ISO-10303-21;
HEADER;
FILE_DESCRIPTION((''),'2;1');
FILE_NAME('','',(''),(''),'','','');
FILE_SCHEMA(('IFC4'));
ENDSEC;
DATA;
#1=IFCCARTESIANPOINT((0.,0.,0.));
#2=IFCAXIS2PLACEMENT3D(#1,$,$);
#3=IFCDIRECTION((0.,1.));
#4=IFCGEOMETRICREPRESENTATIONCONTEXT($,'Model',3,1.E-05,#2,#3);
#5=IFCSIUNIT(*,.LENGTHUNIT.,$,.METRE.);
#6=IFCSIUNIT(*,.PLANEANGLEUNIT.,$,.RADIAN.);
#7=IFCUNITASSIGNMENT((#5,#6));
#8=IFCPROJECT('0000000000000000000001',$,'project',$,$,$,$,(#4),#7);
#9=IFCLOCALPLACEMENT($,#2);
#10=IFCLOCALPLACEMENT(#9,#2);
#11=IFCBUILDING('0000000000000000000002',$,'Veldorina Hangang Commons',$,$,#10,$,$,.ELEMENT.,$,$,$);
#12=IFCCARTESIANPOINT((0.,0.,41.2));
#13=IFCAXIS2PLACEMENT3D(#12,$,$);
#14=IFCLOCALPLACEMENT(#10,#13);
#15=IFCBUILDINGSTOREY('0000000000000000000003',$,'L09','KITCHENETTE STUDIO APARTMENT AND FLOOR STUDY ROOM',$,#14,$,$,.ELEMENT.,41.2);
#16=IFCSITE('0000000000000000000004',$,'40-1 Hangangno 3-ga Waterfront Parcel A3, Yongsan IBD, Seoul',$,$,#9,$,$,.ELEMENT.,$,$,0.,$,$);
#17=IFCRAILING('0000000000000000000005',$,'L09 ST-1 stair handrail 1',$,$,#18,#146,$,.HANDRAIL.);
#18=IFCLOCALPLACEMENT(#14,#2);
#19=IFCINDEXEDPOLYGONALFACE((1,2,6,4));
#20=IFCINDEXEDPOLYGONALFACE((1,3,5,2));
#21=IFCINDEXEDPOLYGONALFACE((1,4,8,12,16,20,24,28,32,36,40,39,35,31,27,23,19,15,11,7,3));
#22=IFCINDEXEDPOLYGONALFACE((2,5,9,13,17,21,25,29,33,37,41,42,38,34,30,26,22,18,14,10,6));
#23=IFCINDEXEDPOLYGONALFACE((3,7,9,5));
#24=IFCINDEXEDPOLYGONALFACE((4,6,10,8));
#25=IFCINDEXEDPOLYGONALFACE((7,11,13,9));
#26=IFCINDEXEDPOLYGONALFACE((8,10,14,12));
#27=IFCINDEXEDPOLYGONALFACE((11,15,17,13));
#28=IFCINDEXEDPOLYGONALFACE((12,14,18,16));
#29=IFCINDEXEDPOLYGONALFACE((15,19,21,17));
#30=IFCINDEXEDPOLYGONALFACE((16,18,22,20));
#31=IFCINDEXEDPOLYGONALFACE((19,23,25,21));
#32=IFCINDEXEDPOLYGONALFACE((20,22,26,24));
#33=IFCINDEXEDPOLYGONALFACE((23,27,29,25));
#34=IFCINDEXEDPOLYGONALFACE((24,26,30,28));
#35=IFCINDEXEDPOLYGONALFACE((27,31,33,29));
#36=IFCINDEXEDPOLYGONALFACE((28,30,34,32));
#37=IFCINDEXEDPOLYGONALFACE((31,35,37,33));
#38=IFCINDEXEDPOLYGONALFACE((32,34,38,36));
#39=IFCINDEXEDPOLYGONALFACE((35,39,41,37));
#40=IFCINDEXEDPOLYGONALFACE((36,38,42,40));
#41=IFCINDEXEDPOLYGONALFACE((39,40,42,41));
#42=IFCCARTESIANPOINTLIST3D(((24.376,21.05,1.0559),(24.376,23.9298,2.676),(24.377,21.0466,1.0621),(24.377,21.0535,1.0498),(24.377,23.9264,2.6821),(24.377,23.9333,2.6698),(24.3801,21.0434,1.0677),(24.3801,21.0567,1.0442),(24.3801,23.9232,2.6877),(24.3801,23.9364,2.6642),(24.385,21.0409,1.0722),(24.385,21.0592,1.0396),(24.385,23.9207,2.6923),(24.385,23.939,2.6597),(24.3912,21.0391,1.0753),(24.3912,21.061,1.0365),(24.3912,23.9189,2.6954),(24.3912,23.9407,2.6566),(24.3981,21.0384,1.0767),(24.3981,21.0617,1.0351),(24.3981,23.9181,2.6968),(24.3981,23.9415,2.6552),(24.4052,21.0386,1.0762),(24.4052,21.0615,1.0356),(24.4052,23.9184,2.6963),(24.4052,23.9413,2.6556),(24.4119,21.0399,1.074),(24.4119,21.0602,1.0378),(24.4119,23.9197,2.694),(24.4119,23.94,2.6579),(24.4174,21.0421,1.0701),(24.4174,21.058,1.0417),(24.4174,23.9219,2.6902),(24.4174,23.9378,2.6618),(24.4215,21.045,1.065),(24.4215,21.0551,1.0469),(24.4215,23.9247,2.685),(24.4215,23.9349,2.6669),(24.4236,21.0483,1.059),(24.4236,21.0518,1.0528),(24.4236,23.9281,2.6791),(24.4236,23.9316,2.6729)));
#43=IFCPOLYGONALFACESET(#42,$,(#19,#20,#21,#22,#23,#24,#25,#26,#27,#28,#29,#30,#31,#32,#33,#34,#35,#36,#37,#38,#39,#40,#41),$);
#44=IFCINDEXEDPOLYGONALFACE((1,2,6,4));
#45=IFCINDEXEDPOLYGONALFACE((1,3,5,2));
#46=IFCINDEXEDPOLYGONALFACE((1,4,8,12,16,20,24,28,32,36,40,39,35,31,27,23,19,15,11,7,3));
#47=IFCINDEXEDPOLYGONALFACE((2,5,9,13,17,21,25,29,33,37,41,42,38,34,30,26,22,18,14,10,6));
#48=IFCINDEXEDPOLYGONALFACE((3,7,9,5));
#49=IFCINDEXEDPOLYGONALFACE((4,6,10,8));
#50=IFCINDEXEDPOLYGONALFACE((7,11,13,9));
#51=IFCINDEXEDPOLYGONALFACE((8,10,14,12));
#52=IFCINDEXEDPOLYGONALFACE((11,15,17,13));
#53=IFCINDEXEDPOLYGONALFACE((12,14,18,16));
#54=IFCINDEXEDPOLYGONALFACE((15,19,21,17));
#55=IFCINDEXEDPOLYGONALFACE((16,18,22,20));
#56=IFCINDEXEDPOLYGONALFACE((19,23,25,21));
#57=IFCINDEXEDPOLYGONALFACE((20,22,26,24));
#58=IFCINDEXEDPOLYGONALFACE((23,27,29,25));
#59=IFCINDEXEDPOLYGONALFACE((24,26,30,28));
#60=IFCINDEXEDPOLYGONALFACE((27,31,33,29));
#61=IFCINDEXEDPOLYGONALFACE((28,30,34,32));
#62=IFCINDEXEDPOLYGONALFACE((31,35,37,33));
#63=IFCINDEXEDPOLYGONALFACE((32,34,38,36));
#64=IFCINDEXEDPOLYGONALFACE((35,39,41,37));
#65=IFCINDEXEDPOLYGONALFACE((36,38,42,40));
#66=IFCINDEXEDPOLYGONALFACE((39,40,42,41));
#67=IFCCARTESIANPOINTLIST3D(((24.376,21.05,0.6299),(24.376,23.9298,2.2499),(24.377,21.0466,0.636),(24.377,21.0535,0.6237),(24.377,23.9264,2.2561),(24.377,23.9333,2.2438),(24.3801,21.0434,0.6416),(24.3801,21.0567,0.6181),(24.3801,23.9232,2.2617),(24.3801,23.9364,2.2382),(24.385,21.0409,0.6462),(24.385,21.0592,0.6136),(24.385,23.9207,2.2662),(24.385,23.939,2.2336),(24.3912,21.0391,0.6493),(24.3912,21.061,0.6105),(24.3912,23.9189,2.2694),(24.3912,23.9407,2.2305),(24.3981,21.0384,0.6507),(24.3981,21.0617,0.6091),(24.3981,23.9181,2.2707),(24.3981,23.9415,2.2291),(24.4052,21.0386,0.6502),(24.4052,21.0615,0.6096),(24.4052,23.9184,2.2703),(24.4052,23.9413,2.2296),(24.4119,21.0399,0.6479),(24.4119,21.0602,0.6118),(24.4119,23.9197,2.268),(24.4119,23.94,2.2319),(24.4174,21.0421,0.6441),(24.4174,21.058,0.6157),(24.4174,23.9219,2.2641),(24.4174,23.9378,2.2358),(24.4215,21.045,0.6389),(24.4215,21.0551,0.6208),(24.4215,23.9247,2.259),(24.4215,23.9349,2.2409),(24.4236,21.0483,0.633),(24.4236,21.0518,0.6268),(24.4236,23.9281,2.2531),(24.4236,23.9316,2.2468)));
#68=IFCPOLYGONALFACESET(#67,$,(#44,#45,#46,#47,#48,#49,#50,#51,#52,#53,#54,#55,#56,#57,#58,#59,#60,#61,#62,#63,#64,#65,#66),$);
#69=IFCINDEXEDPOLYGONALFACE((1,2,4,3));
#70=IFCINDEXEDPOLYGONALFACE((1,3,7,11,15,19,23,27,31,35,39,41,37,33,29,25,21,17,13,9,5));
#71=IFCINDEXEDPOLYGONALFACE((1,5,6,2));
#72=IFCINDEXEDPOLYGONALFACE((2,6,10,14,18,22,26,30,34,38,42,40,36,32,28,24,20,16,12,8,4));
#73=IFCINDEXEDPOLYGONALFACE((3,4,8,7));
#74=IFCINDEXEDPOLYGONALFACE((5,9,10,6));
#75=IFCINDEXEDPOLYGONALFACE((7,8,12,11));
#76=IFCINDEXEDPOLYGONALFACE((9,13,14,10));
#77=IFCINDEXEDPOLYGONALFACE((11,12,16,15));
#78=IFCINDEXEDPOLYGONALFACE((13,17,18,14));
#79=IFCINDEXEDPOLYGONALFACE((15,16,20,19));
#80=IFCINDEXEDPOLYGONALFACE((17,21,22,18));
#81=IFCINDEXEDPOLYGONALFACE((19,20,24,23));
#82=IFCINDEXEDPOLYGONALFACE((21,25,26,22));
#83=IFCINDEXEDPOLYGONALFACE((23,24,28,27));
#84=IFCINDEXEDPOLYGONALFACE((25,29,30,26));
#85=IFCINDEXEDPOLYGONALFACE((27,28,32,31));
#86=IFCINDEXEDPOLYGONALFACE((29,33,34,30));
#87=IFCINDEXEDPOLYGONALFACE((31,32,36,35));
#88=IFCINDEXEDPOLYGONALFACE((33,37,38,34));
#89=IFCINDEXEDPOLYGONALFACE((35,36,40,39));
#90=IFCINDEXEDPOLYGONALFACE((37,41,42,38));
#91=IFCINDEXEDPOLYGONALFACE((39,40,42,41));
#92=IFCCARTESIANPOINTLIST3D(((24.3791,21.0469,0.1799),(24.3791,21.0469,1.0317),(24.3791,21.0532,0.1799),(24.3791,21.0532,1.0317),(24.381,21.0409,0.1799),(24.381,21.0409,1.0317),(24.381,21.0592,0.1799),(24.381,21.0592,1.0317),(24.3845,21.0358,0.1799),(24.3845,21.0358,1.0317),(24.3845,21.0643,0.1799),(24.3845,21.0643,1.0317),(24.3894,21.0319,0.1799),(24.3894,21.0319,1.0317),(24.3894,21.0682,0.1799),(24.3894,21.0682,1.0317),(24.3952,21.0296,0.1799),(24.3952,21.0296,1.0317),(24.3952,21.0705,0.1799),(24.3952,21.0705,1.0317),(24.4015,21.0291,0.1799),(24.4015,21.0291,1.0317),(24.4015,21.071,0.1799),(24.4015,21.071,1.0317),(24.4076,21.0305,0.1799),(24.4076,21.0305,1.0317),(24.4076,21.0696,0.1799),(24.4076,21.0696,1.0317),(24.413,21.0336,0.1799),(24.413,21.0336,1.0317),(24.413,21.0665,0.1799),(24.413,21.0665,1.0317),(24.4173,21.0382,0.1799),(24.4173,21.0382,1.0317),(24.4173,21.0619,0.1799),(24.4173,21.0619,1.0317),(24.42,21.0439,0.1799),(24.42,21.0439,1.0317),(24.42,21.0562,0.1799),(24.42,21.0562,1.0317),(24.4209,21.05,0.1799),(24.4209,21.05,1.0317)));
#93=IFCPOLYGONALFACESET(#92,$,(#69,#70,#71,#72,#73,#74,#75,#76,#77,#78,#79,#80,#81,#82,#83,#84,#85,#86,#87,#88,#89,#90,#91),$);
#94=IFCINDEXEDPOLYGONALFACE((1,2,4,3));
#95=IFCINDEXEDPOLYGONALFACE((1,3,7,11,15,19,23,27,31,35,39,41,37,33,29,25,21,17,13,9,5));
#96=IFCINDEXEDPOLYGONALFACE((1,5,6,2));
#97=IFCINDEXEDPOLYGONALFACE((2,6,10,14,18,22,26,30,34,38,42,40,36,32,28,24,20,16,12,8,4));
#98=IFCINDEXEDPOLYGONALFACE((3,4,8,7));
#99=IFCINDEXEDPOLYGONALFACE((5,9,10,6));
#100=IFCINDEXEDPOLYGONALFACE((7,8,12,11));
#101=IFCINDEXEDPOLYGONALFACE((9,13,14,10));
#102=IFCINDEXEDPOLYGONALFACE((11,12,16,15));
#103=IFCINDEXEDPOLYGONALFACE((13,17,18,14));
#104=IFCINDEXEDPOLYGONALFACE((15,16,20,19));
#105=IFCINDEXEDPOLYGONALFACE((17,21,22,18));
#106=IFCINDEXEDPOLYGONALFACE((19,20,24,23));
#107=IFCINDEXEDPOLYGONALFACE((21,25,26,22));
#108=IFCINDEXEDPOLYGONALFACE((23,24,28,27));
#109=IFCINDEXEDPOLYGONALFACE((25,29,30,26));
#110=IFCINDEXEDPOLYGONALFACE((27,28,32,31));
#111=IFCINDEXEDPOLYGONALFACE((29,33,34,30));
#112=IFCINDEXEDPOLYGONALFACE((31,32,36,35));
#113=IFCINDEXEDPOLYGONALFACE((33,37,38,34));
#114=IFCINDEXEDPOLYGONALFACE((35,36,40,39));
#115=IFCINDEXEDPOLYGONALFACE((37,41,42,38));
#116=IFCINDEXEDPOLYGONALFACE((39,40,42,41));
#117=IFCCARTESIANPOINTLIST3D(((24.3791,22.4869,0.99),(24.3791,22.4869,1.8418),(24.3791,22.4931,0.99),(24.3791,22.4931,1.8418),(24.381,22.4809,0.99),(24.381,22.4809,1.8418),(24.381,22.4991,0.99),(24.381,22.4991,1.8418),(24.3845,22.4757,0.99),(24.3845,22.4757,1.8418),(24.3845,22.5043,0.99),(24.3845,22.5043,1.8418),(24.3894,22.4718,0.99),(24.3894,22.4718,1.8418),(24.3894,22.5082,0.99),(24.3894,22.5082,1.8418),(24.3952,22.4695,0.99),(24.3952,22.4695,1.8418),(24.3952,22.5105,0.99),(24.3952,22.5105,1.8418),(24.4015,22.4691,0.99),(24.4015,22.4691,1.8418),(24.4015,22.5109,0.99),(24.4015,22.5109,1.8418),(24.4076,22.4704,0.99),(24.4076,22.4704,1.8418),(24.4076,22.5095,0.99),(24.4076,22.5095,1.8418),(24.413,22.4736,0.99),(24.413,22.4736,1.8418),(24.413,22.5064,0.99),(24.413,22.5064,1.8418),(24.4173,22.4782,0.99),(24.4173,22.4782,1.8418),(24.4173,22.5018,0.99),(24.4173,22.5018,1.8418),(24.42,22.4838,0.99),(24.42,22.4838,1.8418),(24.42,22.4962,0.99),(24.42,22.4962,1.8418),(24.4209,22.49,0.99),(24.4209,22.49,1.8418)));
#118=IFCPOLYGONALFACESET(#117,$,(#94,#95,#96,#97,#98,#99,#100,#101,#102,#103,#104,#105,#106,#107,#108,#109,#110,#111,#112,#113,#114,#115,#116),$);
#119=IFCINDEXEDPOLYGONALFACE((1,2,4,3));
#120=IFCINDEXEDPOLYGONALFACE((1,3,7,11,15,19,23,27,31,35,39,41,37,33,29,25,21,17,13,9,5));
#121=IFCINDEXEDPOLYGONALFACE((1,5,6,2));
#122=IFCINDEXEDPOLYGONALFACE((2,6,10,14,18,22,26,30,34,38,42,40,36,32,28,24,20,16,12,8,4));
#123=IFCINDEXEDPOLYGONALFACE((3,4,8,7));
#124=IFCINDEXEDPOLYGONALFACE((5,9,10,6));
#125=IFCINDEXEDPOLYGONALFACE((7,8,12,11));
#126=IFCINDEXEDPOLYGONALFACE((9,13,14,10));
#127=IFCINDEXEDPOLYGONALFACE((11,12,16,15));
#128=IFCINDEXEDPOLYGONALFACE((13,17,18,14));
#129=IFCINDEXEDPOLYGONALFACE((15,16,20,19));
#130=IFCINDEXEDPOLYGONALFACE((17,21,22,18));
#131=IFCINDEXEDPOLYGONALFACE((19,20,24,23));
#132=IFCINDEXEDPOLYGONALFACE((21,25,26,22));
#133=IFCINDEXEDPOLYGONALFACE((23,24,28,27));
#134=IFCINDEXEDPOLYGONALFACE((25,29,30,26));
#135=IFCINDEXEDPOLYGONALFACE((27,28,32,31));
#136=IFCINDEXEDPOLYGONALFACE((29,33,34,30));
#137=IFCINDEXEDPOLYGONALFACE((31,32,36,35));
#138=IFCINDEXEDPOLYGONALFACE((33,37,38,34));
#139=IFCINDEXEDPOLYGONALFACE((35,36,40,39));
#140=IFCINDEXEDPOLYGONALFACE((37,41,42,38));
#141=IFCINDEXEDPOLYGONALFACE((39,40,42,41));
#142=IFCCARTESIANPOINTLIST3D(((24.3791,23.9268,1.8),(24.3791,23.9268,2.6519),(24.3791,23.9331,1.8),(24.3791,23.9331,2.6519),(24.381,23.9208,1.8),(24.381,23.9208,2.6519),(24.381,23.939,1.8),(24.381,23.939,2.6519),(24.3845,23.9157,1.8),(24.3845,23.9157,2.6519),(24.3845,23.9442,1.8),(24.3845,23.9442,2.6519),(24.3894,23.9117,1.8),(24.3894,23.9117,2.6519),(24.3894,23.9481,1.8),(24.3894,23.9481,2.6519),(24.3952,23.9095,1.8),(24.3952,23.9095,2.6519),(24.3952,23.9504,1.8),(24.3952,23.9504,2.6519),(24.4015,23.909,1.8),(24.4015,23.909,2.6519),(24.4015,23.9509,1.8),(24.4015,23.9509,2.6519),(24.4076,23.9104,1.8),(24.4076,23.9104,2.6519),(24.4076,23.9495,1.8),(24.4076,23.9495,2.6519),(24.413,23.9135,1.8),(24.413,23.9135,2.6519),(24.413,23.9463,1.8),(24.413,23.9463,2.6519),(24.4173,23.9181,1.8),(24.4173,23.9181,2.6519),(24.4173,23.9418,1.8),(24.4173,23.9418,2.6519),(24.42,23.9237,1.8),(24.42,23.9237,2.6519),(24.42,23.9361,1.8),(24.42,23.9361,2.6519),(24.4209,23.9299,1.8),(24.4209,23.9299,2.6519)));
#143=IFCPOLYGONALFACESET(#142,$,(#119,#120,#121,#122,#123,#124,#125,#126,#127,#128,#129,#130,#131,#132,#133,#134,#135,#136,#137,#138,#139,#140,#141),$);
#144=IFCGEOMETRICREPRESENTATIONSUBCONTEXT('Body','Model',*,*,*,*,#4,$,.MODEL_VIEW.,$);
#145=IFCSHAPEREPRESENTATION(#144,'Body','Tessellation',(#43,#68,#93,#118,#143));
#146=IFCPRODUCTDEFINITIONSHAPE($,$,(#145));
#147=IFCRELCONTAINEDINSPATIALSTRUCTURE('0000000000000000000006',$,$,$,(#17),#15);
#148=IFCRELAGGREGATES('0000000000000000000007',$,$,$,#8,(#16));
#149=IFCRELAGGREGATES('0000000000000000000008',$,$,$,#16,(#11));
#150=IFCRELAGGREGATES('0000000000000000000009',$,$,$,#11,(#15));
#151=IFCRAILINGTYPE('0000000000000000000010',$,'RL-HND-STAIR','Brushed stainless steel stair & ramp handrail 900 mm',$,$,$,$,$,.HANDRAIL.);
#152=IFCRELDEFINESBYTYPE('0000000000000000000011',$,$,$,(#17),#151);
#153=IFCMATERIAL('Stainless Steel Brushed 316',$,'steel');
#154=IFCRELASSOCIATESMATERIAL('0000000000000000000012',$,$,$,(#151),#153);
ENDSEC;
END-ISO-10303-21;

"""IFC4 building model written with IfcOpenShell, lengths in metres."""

from ifc_helpers import new_model, si_unit, direction, frame, origin, origin_2d, place, context, subcontext, project, spatial, circle, extrude, material, type_object, element, save


model = new_model("IFC4")

# Units and contexts
model_context = context("Model", 3, precision=1e-05, world=origin(), true_north=direction((0.0, 1.0)))
body_context = subcontext(model_context, "Body", "Model", "MODEL_VIEW")
ifc_project = project(units=[si_unit("LENGTHUNIT", "METRE"), si_unit("PLANEANGLEUNIT", "RADIAN")], contexts=[model_context])

# Site, building, storey
site_placement = place(None, origin())
site = spatial("IfcSite", under=ifc_project, at=site_placement, Name="40-1 Hangangno 3-ga Waterfront Parcel A3, Yongsan IBD, Seoul", CompositionType="ELEMENT", RefElevation=0.0)
building_placement = place(site_placement, origin())
building = spatial("IfcBuilding", under=site, at=building_placement, Name="Veldorina Hangang Commons", CompositionType="ELEMENT")
storey_placement = place(building_placement, frame((0.0, 0.0, 41.2)))
storey = spatial("IfcBuildingStorey", under=building, at=storey_placement, Name="L09", Description="KITCHENETTE STUDIO APARTMENT AND FLOOR STUDY ROOM", CompositionType="ELEMENT", Elevation=41.2)

# Railing
ifc_material_1 = material(Name="Stainless Steel Brushed 316", Category="steel")
railing_type_1 = type_object("IfcRailingType", Name="RL-HND-STAIR", Description="Brushed stainless steel stair & ramp handrail 900 mm", PredefinedType="HANDRAIL", material=ifc_material_1)
railing_1_placement = place(storey_placement, frame((24.3999, 21.05, 0.1799)))
element("IfcRailing", 1, at=railing_1_placement, inside=storey, type_object=railing_type_1, Name="L09 ST-1 stair handrail 1", PredefinedType="HANDRAIL", context=body_context, shape_type="SweptSolid", body=[
    extrude(circle(Radius=0.0239, at=origin_2d()), frame((0.0, 0.0, 0.876), z_axis=(0.0, 0.871552, 0.490303), x_axis=(-1.0, 0.0, 0.0)), (0.0, 0.0, 1.0), 3.3042),
    extrude(circle(Radius=0.0239, at=origin_2d()), frame((0.0, 0.0, 0.45), z_axis=(0.0, 0.871552, 0.490303), x_axis=(-1.0, 0.0, 0.0)), (0.0, 0.0, 1.0), 3.3042),
    extrude(circle(Radius=0.021, at=origin_2d()), origin(), (0.0, 0.0, 1.0), 0.8518),
    extrude(circle(Radius=0.021, at=origin_2d()), frame((0.0, 1.4399, 0.8101)), (0.0, 0.0, 1.0), 0.8518),
    extrude(circle(Radius=0.021, at=origin_2d()), frame((0.0, 2.8799, 1.6201)), (0.0, 0.0, 1.0), 0.8518),
])

save(model, "model.ifc")
